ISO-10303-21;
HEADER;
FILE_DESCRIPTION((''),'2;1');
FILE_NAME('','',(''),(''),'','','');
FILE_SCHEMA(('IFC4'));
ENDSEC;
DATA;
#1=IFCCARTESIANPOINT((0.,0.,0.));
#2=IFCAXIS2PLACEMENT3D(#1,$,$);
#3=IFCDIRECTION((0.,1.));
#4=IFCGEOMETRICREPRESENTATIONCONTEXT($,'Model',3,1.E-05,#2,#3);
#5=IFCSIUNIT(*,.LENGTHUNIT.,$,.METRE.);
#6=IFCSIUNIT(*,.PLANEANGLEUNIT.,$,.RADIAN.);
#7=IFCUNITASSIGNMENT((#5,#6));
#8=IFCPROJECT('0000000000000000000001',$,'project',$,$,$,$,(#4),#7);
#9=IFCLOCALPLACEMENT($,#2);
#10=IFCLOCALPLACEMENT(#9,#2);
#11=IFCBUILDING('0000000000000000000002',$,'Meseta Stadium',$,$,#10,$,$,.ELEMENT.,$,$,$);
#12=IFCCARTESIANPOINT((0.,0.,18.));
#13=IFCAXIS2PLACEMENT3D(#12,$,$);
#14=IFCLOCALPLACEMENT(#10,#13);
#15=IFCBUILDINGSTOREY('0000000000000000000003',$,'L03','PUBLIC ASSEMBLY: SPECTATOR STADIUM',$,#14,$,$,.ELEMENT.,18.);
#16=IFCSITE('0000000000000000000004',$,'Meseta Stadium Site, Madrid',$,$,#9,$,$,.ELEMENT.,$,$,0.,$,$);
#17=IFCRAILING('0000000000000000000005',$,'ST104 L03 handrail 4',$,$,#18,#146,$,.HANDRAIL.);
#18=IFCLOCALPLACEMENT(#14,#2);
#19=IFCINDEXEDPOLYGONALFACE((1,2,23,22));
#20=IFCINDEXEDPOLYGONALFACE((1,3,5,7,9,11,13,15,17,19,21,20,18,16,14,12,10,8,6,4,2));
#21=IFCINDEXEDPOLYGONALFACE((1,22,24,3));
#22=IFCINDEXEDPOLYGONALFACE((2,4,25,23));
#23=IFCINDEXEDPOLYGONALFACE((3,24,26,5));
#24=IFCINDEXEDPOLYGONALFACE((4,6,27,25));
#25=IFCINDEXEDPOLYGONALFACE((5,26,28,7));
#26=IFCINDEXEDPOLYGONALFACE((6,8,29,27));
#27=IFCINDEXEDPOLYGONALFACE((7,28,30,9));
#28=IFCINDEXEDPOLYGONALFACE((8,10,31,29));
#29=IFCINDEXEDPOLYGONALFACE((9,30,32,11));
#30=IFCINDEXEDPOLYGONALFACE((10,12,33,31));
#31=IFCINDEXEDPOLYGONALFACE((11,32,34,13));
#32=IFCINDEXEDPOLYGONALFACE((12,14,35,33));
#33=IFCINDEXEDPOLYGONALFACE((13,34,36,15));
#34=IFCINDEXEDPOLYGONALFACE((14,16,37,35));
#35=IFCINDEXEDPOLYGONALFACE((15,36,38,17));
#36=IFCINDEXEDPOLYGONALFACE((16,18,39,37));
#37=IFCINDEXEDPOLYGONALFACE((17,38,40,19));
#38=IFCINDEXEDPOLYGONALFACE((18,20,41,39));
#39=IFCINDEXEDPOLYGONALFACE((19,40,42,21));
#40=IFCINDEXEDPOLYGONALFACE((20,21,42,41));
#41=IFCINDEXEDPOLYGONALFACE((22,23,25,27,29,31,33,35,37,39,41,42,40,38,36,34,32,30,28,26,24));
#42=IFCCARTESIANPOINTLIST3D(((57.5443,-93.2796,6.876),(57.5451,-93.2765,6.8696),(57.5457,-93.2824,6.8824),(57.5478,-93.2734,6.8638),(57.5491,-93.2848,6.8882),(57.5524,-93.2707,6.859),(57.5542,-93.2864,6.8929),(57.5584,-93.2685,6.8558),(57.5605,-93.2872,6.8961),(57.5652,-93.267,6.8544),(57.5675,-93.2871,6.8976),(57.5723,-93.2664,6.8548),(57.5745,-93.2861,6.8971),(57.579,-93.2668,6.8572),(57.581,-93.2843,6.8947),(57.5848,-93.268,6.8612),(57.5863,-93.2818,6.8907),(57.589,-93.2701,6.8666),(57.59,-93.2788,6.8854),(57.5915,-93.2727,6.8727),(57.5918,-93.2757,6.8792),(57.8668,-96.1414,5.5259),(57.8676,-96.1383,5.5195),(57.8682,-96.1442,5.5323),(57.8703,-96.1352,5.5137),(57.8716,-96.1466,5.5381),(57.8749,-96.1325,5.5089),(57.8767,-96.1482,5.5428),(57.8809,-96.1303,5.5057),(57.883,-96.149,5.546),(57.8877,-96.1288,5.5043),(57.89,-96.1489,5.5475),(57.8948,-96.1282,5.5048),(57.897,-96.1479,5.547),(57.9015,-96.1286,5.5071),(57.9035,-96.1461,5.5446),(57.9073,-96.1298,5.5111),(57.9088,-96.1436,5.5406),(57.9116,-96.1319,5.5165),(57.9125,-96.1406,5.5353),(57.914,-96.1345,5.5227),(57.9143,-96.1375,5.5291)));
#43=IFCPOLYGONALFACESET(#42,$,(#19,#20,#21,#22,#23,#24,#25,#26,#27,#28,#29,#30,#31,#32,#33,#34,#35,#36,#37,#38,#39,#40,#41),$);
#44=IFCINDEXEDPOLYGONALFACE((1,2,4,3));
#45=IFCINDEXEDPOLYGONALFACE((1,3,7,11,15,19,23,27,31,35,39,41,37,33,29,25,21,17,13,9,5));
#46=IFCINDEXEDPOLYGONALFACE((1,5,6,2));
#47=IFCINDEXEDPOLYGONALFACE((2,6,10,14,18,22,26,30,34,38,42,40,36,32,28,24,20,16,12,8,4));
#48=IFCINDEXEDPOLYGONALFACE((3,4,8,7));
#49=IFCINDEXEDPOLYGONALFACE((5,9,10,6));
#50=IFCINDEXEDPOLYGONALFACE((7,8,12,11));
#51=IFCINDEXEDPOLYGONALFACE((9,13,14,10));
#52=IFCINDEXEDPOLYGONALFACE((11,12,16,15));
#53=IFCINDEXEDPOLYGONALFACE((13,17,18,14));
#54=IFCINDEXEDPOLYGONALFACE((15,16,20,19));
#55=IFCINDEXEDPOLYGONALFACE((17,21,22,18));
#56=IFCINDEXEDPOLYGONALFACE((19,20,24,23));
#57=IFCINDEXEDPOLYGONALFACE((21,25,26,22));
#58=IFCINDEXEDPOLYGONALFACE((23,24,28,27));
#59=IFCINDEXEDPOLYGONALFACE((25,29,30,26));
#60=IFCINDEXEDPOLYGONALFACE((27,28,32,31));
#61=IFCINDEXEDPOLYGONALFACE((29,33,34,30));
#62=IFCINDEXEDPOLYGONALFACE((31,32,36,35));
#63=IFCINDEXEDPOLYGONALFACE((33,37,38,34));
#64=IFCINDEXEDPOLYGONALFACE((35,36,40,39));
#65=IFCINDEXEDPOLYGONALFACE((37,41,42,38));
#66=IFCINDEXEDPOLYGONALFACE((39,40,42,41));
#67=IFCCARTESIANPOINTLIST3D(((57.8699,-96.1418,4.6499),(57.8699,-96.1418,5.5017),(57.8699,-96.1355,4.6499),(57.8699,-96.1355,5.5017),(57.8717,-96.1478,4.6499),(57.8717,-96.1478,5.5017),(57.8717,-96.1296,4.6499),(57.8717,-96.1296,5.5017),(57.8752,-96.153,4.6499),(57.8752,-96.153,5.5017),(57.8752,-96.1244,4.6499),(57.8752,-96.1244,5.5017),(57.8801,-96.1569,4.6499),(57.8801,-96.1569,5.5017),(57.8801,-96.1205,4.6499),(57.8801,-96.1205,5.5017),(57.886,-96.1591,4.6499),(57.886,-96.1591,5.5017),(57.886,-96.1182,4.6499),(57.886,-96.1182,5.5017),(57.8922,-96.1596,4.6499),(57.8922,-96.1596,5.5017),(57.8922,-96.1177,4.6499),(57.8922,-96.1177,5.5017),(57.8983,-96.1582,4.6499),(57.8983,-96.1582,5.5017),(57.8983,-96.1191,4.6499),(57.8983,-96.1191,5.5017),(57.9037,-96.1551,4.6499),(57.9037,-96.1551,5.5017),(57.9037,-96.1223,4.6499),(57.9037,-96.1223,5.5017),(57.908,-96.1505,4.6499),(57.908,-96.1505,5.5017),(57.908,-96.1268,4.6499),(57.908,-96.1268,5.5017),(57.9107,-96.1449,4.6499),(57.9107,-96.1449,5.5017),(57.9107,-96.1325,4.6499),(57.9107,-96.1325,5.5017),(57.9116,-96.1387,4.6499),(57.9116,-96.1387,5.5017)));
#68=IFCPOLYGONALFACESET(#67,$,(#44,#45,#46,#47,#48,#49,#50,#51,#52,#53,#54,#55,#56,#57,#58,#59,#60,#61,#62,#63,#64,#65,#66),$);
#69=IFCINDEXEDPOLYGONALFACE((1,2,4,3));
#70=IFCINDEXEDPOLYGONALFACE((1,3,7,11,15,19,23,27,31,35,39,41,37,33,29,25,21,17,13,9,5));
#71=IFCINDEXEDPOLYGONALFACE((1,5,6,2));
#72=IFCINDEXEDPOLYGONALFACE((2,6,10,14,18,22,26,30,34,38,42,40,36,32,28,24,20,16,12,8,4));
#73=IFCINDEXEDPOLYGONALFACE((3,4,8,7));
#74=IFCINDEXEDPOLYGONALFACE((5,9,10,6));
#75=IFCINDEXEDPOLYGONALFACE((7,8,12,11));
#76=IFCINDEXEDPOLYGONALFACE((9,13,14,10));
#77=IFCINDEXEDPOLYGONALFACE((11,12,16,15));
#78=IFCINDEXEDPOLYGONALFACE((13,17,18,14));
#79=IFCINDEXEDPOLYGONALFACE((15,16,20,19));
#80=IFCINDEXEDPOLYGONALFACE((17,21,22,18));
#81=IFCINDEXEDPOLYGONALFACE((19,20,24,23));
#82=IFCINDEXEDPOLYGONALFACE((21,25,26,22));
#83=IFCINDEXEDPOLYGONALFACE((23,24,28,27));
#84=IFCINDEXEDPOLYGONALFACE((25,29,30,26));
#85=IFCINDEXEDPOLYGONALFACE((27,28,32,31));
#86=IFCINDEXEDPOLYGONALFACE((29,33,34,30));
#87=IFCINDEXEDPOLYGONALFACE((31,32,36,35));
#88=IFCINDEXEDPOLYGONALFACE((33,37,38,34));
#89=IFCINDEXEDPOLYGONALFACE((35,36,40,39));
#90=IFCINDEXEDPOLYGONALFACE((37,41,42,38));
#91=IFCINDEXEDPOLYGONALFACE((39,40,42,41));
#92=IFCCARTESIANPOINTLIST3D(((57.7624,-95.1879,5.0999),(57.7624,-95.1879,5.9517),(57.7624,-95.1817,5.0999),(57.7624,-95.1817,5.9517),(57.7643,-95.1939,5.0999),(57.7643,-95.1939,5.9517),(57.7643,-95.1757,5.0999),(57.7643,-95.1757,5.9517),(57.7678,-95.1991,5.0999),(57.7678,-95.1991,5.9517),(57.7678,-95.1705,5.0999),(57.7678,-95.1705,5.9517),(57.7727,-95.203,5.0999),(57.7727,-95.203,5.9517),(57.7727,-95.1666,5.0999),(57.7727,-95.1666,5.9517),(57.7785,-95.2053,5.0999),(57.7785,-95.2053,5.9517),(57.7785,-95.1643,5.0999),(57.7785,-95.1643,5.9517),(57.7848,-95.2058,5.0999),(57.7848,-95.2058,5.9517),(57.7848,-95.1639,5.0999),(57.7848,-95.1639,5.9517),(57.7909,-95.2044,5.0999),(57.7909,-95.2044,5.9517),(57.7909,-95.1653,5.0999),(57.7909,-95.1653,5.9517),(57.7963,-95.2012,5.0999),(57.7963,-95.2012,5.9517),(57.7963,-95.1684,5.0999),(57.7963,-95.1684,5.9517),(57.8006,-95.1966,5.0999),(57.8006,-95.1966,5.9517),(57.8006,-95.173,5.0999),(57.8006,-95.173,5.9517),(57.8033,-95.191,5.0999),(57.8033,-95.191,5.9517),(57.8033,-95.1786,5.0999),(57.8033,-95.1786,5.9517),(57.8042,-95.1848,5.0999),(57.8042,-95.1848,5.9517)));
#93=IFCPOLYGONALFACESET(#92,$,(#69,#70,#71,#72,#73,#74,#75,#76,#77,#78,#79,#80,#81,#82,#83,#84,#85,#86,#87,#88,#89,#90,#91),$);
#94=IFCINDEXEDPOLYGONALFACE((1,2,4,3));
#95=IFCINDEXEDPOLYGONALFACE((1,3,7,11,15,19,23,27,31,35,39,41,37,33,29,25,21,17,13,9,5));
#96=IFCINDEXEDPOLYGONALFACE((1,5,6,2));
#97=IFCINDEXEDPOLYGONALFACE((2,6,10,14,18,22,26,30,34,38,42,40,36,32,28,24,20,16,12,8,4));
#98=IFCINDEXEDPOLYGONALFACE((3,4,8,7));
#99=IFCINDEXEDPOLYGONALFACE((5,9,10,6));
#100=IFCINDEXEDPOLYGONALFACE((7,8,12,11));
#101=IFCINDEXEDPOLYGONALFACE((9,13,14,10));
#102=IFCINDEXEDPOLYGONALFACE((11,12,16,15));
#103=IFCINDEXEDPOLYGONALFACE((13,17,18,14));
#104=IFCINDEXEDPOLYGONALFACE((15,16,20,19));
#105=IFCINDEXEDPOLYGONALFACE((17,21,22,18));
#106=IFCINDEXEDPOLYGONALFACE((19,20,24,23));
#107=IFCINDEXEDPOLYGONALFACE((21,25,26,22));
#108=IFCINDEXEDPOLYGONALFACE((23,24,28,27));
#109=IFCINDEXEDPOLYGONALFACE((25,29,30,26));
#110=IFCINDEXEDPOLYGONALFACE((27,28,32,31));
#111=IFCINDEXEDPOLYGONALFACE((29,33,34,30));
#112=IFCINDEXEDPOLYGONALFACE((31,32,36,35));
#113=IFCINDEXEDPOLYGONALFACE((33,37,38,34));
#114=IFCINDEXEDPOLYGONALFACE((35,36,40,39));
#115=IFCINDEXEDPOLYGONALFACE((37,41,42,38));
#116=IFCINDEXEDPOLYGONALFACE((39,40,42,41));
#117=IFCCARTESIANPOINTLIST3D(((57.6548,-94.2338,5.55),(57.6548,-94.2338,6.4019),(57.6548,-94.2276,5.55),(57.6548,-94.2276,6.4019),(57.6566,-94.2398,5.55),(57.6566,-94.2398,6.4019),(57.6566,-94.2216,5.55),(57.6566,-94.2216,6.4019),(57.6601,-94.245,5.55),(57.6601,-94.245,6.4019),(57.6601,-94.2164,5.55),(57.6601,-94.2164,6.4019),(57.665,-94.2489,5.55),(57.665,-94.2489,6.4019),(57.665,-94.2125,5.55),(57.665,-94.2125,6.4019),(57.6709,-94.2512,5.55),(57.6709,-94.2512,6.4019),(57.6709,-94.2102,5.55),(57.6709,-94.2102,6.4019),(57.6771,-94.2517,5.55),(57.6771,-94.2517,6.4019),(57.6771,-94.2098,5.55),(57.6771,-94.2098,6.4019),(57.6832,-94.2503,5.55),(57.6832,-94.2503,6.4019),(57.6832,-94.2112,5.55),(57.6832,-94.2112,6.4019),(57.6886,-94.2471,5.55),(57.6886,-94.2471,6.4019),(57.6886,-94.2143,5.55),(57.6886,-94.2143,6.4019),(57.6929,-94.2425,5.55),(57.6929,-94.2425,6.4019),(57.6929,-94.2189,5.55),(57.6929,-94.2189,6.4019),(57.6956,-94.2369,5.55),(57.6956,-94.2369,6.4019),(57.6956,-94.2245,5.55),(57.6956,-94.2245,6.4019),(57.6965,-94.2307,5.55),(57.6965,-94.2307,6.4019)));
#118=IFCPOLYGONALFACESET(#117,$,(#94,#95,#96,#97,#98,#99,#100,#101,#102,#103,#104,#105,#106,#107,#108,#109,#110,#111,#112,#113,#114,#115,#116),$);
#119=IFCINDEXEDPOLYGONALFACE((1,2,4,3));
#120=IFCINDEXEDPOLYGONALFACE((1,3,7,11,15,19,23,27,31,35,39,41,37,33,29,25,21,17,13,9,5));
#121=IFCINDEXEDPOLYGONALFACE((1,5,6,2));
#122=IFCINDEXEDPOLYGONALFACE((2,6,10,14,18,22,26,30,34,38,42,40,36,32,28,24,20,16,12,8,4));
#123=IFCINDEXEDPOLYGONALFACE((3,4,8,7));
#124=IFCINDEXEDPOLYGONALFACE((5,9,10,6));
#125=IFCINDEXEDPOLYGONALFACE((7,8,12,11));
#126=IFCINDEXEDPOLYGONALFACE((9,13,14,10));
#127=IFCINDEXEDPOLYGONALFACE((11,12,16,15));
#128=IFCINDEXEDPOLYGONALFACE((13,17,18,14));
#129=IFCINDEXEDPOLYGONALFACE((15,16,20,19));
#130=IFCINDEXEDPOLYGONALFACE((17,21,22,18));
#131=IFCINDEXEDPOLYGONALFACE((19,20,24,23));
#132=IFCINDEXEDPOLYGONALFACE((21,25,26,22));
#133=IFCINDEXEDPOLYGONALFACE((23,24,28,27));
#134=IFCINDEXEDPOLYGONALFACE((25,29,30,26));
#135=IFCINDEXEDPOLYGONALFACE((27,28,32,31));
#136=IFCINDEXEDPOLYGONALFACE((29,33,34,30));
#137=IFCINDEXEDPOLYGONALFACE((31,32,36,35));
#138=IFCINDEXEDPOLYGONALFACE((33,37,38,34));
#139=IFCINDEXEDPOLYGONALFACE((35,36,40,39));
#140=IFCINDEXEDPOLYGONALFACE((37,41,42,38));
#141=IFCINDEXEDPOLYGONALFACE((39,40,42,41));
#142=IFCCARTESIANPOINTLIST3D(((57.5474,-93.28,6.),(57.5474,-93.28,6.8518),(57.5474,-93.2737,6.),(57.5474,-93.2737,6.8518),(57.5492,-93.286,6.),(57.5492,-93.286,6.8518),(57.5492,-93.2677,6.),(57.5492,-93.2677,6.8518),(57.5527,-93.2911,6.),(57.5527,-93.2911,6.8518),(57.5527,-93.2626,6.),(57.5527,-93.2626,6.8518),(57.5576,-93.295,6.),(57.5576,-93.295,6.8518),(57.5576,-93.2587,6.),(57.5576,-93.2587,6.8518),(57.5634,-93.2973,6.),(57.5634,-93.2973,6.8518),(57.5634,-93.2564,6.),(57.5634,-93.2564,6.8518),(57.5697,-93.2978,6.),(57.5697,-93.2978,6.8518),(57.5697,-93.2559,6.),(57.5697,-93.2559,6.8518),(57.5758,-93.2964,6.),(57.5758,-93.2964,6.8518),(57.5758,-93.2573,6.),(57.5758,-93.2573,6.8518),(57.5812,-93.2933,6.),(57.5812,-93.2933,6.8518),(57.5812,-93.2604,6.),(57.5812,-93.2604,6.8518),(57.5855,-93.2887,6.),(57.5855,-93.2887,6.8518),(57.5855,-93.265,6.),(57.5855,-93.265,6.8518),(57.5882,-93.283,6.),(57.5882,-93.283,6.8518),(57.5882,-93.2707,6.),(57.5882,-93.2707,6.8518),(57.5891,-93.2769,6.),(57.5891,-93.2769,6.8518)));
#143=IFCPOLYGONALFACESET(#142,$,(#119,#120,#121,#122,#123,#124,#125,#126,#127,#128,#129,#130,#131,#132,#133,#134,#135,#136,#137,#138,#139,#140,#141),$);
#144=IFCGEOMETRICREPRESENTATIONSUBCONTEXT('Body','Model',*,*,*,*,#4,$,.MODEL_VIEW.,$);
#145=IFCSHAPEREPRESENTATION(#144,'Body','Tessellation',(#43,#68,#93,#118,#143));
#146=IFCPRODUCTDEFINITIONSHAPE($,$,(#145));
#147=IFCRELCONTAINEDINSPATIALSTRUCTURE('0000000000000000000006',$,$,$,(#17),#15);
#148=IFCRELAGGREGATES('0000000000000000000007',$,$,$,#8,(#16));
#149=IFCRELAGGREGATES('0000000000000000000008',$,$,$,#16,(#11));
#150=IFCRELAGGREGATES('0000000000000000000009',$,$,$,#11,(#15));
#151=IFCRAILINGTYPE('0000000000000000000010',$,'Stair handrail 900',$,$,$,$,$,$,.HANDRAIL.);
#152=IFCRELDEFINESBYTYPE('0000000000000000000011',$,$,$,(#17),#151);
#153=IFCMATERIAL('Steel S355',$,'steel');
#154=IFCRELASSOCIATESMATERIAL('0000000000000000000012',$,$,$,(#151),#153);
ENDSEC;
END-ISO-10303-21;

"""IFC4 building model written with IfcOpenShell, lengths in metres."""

from ifc_helpers import new_model, si_unit, direction, frame, origin, origin_2d, place, context, subcontext, project, spatial, circle, extrude, material, type_object, element, save


model = new_model("IFC4")

# Units and contexts
model_context = context("Model", 3, precision=1e-05, world=origin(), true_north=direction((0.0, 1.0)))
body_context = subcontext(model_context, "Body", "Model", "MODEL_VIEW")
ifc_project = project(units=[si_unit("LENGTHUNIT", "METRE"), si_unit("PLANEANGLEUNIT", "RADIAN")], contexts=[model_context])

# Site, building, storey
site_placement = place(None, origin())
site = spatial("IfcSite", under=ifc_project, at=site_placement, Name="Meseta Stadium Site, Madrid", CompositionType="ELEMENT", RefElevation=0.0)
building_placement = place(site_placement, origin())
building = spatial("IfcBuilding", under=site, at=building_placement, Name="Meseta Stadium", CompositionType="ELEMENT")
storey_placement = place(building_placement, frame((0.0, 0.0, 18.0)))
storey = spatial("IfcBuildingStorey", under=building, at=storey_placement, Name="L03", Description="PUBLIC ASSEMBLY: SPECTATOR STADIUM", CompositionType="ELEMENT", Elevation=18.0)

# Railing
ifc_material_1 = material(Name="Steel S355", Category="steel")
railing_type_1 = type_object("IfcRailingType", Name="Stair handrail 900", PredefinedType="HANDRAIL", material=ifc_material_1)
for number, where, name in (
    (1, (57.8906, -96.1387, 4.6499), "ST104 L03 handrail 4"),
):
    element("IfcRailing", number, at=place(storey_placement, frame(where)), inside=storey, type_object=railing_type_1, Name=name, PredefinedType="HANDRAIL", context=body_context, shape_type="SweptSolid", body=[
        extrude(circle(Radius=0.0239, at=origin_2d()), frame((0.0, 0.0, 0.876), z_axis=(-0.101396, 0.899748, 0.424467), x_axis=(-0.99371, -0.111985, 0.0)), (0.0, 0.0, 1.0), 3.1807),
        extrude(circle(Radius=0.021, at=origin_2d()), origin(), (0.0, 0.0, 1.0), 0.8518),
        extrude(circle(Radius=0.021, at=origin_2d()), frame((-0.1074, 0.9539, 0.45)), (0.0, 0.0, 1.0), 0.8518),
        extrude(circle(Radius=0.021, at=origin_2d()), frame((-0.2151, 1.908, 0.9001)), (0.0, 0.0, 1.0), 0.8518),
        extrude(circle(Radius=0.021, at=origin_2d()), frame((-0.3225, 2.8618, 1.3501)), (0.0, 0.0, 1.0), 0.8518),
    ])

save(model, "model.ifc")
